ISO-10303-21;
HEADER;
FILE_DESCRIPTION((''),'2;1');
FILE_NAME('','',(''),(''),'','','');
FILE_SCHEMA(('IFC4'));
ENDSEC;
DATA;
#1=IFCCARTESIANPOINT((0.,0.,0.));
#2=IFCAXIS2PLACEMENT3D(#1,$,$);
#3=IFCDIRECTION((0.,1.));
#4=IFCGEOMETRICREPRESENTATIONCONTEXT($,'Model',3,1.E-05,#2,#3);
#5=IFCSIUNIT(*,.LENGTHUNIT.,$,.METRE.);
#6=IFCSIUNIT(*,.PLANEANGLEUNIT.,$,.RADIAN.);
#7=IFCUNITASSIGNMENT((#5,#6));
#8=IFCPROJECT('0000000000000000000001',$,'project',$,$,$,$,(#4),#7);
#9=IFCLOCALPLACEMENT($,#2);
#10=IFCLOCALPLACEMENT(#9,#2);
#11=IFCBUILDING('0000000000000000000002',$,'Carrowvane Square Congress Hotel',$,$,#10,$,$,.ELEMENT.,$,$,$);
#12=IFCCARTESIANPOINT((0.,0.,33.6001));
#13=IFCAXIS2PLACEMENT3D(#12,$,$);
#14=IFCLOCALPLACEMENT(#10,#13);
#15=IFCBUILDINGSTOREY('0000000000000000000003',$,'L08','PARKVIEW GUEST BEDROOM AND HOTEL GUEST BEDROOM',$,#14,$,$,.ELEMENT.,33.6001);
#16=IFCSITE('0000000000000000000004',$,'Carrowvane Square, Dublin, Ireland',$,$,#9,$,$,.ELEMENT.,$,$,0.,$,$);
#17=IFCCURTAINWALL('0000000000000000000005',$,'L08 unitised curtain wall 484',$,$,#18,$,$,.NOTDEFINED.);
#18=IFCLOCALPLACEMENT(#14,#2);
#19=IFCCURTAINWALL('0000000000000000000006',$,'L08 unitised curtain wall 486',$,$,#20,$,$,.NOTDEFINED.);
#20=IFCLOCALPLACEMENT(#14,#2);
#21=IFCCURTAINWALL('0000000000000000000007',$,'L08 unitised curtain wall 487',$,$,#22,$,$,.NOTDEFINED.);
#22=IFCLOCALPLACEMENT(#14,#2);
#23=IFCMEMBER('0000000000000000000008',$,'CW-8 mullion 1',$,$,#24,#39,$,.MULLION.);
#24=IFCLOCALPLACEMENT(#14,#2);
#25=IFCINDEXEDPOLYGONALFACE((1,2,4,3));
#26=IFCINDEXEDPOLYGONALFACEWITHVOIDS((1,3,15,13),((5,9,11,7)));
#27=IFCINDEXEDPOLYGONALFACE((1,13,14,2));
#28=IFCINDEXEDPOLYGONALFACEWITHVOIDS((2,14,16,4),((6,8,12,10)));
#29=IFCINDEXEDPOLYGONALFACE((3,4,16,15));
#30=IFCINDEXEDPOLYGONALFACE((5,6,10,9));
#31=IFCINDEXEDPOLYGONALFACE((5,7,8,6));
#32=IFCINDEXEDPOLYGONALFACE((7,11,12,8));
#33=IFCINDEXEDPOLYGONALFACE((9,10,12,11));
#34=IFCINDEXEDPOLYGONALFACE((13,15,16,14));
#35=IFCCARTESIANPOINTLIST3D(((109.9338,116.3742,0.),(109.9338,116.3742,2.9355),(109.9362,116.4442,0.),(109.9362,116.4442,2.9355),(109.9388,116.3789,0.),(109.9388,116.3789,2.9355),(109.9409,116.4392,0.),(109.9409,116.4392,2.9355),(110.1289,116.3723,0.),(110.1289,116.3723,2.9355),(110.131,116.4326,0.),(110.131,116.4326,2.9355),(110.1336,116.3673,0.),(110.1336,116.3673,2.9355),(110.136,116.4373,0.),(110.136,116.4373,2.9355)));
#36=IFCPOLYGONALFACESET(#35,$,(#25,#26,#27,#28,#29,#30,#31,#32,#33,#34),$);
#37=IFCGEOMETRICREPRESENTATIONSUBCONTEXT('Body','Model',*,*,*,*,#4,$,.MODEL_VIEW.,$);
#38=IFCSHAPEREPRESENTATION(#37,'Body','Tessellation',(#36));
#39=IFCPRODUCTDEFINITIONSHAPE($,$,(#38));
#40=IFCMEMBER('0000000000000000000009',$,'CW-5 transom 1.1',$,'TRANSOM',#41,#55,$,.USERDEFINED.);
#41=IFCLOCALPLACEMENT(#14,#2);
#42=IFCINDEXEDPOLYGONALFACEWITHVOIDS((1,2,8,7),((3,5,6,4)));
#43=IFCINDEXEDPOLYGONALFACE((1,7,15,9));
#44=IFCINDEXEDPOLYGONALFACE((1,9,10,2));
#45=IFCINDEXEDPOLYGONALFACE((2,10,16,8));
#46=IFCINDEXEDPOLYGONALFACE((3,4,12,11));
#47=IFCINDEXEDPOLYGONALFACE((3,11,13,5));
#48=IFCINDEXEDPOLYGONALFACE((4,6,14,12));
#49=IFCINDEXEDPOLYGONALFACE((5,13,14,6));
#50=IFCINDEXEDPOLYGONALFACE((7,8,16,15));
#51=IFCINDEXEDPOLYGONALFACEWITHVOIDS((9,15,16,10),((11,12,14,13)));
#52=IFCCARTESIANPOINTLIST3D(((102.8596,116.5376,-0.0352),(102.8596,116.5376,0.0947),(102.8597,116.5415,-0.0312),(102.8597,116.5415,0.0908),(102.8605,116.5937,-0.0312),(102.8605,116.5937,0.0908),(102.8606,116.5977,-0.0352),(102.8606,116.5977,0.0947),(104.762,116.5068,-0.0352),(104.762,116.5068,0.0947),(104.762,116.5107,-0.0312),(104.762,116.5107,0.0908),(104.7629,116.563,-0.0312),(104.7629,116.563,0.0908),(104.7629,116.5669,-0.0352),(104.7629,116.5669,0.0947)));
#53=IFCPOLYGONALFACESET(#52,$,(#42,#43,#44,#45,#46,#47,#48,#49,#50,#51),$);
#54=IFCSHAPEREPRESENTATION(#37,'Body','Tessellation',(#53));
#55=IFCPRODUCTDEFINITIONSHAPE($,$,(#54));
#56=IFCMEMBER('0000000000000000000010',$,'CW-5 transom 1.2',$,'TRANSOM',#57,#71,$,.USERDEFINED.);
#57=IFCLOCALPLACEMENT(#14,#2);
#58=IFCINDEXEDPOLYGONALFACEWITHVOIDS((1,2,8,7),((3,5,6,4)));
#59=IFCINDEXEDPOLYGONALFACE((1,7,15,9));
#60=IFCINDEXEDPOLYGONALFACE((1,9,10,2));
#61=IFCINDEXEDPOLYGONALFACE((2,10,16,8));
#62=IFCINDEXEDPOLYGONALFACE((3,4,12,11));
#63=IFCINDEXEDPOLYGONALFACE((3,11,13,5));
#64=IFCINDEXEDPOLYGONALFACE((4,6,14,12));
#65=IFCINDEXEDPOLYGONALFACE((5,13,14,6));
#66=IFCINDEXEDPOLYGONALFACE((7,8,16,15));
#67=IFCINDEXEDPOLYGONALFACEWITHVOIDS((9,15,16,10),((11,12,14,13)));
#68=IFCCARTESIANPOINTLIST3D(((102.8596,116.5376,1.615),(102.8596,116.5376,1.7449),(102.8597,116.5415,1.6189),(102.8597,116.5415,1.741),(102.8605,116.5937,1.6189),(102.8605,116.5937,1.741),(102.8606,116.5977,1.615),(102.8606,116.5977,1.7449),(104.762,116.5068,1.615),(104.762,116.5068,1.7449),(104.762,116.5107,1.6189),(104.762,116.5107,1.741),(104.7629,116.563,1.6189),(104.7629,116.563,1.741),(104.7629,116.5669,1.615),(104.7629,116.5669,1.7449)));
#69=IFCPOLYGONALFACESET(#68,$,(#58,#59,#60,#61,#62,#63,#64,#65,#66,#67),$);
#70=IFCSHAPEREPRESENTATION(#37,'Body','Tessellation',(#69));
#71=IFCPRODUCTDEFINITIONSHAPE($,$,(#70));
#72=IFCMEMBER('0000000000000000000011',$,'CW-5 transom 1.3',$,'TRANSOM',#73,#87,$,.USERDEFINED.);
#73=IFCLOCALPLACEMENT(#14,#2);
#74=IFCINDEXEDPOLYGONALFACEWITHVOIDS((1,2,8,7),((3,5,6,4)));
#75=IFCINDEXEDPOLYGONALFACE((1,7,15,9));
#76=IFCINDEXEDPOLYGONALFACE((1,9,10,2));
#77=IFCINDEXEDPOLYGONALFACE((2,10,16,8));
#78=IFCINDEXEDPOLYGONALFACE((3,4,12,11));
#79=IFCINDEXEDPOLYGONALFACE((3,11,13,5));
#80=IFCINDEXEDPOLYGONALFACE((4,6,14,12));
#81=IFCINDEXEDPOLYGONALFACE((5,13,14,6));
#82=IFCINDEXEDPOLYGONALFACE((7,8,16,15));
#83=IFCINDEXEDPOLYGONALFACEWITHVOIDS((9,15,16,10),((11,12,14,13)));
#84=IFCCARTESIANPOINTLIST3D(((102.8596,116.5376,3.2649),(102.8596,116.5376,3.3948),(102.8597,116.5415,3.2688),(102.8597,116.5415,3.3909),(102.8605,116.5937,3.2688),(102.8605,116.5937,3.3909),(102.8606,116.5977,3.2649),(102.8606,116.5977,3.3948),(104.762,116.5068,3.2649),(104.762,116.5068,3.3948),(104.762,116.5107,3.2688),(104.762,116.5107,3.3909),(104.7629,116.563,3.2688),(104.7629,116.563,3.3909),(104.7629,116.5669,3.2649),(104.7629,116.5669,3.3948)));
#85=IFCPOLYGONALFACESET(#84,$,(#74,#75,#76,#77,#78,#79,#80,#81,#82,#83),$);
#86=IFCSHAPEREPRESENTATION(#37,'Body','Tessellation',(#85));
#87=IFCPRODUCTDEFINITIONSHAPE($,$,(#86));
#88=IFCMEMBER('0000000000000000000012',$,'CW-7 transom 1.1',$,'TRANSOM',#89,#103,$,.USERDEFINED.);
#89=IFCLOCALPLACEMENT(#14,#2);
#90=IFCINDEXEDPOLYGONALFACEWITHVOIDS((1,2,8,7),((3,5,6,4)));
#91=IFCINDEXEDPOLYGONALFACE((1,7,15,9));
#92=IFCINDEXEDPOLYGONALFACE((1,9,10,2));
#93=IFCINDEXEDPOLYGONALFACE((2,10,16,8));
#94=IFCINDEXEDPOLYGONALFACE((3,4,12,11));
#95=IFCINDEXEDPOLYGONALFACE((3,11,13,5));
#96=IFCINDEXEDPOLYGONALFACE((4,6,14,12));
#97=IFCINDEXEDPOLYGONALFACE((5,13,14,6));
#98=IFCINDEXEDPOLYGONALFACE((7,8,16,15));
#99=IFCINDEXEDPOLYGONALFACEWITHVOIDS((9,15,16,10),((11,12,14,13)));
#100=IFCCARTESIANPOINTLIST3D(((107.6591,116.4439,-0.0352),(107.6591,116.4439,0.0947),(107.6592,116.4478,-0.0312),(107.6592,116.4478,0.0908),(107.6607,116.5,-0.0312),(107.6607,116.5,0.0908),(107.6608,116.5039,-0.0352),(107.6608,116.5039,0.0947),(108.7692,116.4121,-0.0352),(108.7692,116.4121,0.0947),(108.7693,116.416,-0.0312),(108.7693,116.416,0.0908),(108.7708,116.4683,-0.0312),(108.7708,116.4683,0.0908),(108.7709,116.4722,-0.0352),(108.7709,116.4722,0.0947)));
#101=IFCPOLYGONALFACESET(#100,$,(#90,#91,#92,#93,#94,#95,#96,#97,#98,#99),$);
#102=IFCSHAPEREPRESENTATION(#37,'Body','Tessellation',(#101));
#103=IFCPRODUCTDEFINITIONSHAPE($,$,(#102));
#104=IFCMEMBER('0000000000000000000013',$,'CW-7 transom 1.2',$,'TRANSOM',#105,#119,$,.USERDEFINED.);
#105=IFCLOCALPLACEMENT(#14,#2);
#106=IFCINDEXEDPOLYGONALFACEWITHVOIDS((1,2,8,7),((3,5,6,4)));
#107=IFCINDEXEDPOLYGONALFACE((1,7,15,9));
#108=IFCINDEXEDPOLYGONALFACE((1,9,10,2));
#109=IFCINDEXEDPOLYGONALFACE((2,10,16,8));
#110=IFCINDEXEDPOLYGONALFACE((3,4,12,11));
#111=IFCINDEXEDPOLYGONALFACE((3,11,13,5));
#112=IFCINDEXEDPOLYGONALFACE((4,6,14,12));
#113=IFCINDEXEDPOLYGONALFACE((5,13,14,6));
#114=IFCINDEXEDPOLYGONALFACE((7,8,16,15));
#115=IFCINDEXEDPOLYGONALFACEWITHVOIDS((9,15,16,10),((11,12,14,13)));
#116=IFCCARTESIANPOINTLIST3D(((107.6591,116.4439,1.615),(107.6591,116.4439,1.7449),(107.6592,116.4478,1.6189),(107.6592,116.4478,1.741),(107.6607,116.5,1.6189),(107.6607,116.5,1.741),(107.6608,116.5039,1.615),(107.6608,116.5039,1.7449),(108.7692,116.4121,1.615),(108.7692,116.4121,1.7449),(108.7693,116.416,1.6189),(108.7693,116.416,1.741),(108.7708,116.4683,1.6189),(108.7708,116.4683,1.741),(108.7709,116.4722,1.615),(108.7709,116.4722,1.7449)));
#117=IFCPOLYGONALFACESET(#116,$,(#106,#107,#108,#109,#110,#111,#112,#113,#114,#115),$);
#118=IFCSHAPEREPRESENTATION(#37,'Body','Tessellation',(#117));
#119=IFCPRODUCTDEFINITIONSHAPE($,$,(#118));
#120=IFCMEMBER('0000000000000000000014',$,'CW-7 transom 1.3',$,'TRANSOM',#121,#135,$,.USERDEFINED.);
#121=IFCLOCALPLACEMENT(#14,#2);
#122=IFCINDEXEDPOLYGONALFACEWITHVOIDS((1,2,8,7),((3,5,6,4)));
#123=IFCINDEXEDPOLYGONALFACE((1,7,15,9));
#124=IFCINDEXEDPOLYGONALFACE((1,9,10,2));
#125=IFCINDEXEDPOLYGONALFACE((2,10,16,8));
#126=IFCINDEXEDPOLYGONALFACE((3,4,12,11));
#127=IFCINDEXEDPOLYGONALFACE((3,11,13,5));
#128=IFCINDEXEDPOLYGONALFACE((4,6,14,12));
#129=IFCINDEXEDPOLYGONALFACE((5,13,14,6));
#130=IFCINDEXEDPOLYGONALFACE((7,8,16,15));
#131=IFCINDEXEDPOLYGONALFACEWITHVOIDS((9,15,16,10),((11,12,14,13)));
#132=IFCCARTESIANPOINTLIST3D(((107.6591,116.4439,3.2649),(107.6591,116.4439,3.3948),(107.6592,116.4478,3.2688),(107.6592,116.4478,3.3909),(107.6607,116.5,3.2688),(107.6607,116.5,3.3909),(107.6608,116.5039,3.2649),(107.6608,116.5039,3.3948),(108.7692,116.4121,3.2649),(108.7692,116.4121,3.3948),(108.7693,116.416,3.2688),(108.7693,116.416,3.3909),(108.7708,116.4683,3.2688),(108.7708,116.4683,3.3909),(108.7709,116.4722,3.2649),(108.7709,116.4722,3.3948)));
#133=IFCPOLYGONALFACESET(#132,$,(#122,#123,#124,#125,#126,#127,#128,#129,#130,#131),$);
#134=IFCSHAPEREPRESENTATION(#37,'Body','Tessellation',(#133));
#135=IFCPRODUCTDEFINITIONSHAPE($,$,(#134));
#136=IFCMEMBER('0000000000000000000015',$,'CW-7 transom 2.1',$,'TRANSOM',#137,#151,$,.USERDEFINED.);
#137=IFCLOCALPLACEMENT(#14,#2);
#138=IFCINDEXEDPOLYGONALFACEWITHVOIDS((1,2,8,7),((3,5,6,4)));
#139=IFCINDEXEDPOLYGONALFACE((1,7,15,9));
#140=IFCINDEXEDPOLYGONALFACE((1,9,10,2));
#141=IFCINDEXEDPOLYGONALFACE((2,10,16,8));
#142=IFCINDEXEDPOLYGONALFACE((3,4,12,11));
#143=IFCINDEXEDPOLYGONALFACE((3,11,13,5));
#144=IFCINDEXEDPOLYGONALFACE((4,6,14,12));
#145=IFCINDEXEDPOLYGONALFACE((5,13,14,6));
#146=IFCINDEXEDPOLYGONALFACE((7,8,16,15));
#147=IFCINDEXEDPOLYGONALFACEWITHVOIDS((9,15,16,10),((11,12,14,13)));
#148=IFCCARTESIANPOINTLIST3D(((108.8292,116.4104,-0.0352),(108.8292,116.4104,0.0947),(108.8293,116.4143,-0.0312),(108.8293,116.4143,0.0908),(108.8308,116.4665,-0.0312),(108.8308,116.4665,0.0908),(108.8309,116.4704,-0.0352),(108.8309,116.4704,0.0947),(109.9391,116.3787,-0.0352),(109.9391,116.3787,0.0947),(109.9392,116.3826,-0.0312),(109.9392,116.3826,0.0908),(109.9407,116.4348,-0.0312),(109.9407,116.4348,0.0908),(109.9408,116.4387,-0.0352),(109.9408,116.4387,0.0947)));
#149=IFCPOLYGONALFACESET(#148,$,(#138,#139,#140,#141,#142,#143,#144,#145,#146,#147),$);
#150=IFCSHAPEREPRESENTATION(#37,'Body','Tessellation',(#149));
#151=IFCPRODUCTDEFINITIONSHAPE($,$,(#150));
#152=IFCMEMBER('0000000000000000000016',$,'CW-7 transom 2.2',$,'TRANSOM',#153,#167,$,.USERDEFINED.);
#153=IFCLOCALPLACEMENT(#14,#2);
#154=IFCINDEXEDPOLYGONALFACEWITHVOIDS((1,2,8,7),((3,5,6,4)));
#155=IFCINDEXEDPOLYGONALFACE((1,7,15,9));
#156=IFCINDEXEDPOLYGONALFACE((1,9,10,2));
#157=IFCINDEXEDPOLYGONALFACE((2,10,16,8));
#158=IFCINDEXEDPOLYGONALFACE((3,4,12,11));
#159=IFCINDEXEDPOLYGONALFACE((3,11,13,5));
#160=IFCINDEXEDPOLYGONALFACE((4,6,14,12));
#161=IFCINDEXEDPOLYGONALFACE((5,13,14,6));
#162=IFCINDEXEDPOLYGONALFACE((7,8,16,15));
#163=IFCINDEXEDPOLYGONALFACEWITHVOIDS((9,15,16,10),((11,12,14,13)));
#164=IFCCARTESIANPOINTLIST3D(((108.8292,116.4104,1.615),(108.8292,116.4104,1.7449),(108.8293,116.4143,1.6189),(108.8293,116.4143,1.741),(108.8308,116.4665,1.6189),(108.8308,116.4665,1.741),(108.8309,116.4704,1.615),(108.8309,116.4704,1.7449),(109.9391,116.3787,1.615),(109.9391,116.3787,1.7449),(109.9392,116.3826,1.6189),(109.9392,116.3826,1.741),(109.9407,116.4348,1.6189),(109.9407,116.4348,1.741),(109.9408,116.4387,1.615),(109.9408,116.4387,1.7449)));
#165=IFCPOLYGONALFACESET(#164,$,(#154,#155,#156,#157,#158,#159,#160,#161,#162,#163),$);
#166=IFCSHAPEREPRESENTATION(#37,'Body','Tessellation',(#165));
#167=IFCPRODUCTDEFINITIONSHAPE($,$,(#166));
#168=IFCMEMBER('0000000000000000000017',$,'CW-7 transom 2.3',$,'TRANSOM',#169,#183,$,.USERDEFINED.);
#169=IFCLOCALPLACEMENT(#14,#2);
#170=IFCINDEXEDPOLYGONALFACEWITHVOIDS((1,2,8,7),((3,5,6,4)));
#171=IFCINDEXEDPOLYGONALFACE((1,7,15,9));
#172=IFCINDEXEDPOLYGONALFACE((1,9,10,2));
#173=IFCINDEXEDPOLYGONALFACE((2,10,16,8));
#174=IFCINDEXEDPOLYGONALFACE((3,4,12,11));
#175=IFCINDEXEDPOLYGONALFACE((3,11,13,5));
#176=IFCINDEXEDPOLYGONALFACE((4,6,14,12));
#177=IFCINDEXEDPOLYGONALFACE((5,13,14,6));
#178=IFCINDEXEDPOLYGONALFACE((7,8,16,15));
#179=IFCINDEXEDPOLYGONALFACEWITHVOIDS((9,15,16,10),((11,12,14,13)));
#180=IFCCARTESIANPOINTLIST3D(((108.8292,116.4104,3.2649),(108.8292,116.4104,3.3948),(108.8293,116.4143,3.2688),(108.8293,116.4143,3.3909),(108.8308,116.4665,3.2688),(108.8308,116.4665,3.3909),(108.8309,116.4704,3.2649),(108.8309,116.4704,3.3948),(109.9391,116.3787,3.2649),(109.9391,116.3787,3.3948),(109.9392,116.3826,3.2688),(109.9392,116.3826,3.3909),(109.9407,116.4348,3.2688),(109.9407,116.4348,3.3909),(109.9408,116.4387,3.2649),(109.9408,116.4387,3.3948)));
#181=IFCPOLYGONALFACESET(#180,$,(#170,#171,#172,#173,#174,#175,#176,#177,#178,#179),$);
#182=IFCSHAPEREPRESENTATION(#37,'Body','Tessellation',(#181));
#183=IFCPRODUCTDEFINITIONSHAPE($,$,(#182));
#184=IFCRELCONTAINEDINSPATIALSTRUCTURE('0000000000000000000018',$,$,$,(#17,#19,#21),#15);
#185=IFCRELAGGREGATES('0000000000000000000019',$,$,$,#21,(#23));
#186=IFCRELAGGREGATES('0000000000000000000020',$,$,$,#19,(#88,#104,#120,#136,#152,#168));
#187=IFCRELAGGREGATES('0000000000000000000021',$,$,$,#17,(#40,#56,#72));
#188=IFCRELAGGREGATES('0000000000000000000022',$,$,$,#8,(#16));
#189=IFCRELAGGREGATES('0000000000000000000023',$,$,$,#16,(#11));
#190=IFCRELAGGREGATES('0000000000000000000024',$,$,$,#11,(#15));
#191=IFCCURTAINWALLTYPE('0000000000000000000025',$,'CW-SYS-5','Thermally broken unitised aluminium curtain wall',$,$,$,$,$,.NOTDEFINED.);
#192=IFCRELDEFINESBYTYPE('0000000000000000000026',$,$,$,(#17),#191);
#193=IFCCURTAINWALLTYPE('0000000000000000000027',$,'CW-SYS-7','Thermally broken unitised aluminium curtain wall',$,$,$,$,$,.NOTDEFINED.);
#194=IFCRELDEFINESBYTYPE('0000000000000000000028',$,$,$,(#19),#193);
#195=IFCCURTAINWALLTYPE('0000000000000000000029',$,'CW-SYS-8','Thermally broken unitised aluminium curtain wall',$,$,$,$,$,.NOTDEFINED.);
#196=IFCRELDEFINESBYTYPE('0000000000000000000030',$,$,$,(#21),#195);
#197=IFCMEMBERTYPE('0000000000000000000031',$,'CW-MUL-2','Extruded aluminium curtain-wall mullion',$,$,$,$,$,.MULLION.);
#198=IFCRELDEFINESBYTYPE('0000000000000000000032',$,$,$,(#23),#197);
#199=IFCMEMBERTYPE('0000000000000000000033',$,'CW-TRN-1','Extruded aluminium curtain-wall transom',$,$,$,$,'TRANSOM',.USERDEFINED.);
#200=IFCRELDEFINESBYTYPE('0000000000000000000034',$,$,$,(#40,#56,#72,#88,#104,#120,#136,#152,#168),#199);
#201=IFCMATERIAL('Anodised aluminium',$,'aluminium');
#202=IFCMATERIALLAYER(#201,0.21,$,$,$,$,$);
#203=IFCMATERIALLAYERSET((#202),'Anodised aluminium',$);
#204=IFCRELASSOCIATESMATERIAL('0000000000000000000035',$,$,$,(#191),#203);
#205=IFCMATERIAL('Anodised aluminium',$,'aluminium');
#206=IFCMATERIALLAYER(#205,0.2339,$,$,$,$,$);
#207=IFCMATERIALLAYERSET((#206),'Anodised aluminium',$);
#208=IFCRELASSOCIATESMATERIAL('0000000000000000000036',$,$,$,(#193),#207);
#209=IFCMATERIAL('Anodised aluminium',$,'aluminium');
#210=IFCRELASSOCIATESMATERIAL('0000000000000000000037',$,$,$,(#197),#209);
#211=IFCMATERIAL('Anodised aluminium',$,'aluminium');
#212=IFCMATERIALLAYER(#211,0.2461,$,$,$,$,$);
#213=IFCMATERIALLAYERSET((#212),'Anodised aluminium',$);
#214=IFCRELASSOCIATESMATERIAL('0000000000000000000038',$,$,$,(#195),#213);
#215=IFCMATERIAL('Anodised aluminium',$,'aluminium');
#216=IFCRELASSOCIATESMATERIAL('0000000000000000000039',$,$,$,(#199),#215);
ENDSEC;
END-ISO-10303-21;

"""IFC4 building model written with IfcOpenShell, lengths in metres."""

from ifc_helpers import new_model, si_unit, direction, frame, origin, origin_2d, place, context, subcontext, project, spatial, hollow_rectangle, extrude, material, layer, layer_set, material_profile, profile_set, type_object, element, aggregate, save


model = new_model("IFC4")

# Units and contexts
model_context = context("Model", 3, precision=1e-05, world=origin(), true_north=direction((0.0, 1.0)))
body_context = subcontext(model_context, "Body", "Model", "MODEL_VIEW")
ifc_project = project(units=[si_unit("LENGTHUNIT", "METRE"), si_unit("PLANEANGLEUNIT", "RADIAN")], contexts=[model_context])

# Site, building, storey
site_placement = place(None, origin())
site = spatial("IfcSite", under=ifc_project, at=site_placement, Name="Carrowvane Square, Dublin, Ireland", CompositionType="ELEMENT", RefElevation=0.0)
building_placement = place(site_placement, origin())
building = spatial("IfcBuilding", under=site, at=building_placement, Name="Carrowvane Square Congress Hotel", CompositionType="ELEMENT")
storey_placement = place(building_placement, frame((0.0, 0.0, 33.6001)))
storey = spatial("IfcBuildingStorey", under=building, at=storey_placement, Name="L08", Description="PARKVIEW GUEST BEDROOM AND HOTEL GUEST BEDROOM", CompositionType="ELEMENT", Elevation=33.6001)

# Curtain walls
ifc_material_1 = material(Name="Anodised aluminium", Category="aluminium")
ifc_layer_1 = layer(ifc_material_1, 0.21)
ifc_layer_set_1 = layer_set([ifc_layer_1], Name="Anodised aluminium")
curtain_wall_type_1 = type_object("IfcCurtainWallType", Name="CW-SYS-5", Description="Thermally broken unitised aluminium curtain wall", PredefinedType="NOTDEFINED", material=ifc_layer_set_1)
curtain_wall_1_placement = place(storey_placement, origin())
curtain_wall_1 = element("IfcCurtainWall", 1, at=curtain_wall_1_placement, inside=storey, type_object=curtain_wall_type_1, Name="L08 unitised curtain wall 484", PredefinedType="NOTDEFINED")
ifc_material_2 = material(Name="Anodised aluminium", Category="aluminium")
ifc_layer_2 = layer(ifc_material_2, 0.2339)
ifc_layer_set_2 = layer_set([ifc_layer_2], Name="Anodised aluminium")
curtain_wall_type_2 = type_object("IfcCurtainWallType", Name="CW-SYS-7", Description="Thermally broken unitised aluminium curtain wall", PredefinedType="NOTDEFINED", material=ifc_layer_set_2)
curtain_wall_2_placement = place(storey_placement, origin())
curtain_wall_2 = element("IfcCurtainWall", 2, at=curtain_wall_2_placement, inside=storey, type_object=curtain_wall_type_2, Name="L08 unitised curtain wall 486", PredefinedType="NOTDEFINED")

# Shared definitions
ifc_material_3 = material(Name="Anodised aluminium", Category="aluminium")
ifc_material_profile_1 = material_profile(ifc_material_3, hollow_rectangle(XDim=0.0701, YDim=0.2, WallThickness=0.0049, at=origin_2d()), Name="CW-ML 70x200x5")
ifc_profile_set_1 = profile_set([ifc_material_profile_1], Name="Anodised aluminium")
member_type_1 = type_object("IfcMemberType", Name="CW-MUL-2", Description="Extruded aluminium curtain-wall mullion", PredefinedType="MULLION", material=ifc_profile_set_1)

# Curtain wall, member
ifc_material_4 = material(Name="Anodised aluminium", Category="aluminium")
ifc_layer_3 = layer(ifc_material_4, 0.2461)
ifc_layer_set_3 = layer_set([ifc_layer_3], Name="Anodised aluminium")
curtain_wall_type_3 = type_object("IfcCurtainWallType", Name="CW-SYS-8", Description="Thermally broken unitised aluminium curtain wall", PredefinedType="NOTDEFINED", material=ifc_layer_set_3)
curtain_wall_3_placement = place(storey_placement, origin())
curtain_wall_3 = element("IfcCurtainWall", 3, at=curtain_wall_3_placement, inside=storey, type_object=curtain_wall_type_3, Name="L08 unitised curtain wall 487", PredefinedType="NOTDEFINED")
member_1_placement = place(storey_placement, frame((110.0349, 116.4058, 0.0), z_axis=(0.0, 0.0, 1.0), x_axis=(0.03453, 0.999404, 0.0)))
member_1 = element("IfcMember", 4, at=member_1_placement, type_object=member_type_1, Name="CW-8 mullion 1", PredefinedType="MULLION", context=body_context, shape_type="SweptSolid", body=[
    extrude(hollow_rectangle(XDim=0.0701, YDim=0.2, WallThickness=0.0049, at=origin_2d()), origin(), (0.0, 0.0, 1.0), 2.9355),
])
aggregate(curtain_wall_3, [member_1])

# Members
ifc_material_5 = material(Name="Anodised aluminium", Category="aluminium")
ifc_material_profile_2 = material_profile(ifc_material_5, hollow_rectangle(XDim=0.0601, YDim=0.1299, WallThickness=0.0039, at=origin_2d()), Name="CW-TR 60x130x4")
ifc_profile_set_2 = profile_set([ifc_material_profile_2], Name="Anodised aluminium")
member_type_2 = type_object("IfcMemberType", Name="CW-TRN-1", Description="Extruded aluminium curtain-wall transom", ElementType="TRANSOM", PredefinedType="USERDEFINED", material=ifc_profile_set_2)
member_2_placement = place(storey_placement, frame((102.8601, 116.5676, 0.0298), z_axis=(0.999869, -0.016168, 0.0), x_axis=(0.016168, 0.999869, 0.0)))
member_2 = element("IfcMember", 5, at=member_2_placement, type_object=member_type_2, Name="CW-5 transom 1.1", ObjectType="TRANSOM", PredefinedType="USERDEFINED", context=body_context, shape_type="SweptSolid", body=[
    extrude(hollow_rectangle(XDim=0.0601, YDim=0.1299, WallThickness=0.0039, at=origin_2d()), origin(), (0.0, 0.0, 1.0), 1.9026),
])
member_3_placement = place(storey_placement, frame((102.8601, 116.5676, 1.6799), z_axis=(0.999869, -0.016168, 0.0), x_axis=(0.016168, 0.999869, 0.0)))
member_3 = element("IfcMember", 6, at=member_3_placement, type_object=member_type_2, Name="CW-5 transom 1.2", ObjectType="TRANSOM", PredefinedType="USERDEFINED", context=body_context, shape_type="SweptSolid", body=[
    extrude(hollow_rectangle(XDim=0.0601, YDim=0.1299, WallThickness=0.0039, at=origin_2d()), origin(), (0.0, 0.0, 1.0), 1.9026),
])
member_4_placement = place(storey_placement, frame((102.8601, 116.5676, 3.3298), z_axis=(0.999869, -0.016168, 0.0), x_axis=(0.016168, 0.999869, 0.0)))
member_4 = element("IfcMember", 7, at=member_4_placement, type_object=member_type_2, Name="CW-5 transom 1.3", ObjectType="TRANSOM", PredefinedType="USERDEFINED", context=body_context, shape_type="SweptSolid", body=[
    extrude(hollow_rectangle(XDim=0.0601, YDim=0.1299, WallThickness=0.0039, at=origin_2d()), origin(), (0.0, 0.0, 1.0), 1.9026),
])
member_5_placement = place(storey_placement, frame((107.6599, 116.4739, 0.0298), z_axis=(0.999592, -0.028579, 0.0), x_axis=(0.028579, 0.999592, 0.0)))
member_5 = element("IfcMember", 8, at=member_5_placement, type_object=member_type_2, Name="CW-7 transom 1.1", ObjectType="TRANSOM", PredefinedType="USERDEFINED", context=body_context, shape_type="SweptSolid", body=[
    extrude(hollow_rectangle(XDim=0.0601, YDim=0.1299, WallThickness=0.0039, at=origin_2d()), origin(), (0.0, 0.0, 1.0), 1.1106),
])
member_6_placement = place(storey_placement, frame((107.6599, 116.4739, 1.6799), z_axis=(0.999592, -0.028579, 0.0), x_axis=(0.028579, 0.999592, 0.0)))
member_6 = element("IfcMember", 9, at=member_6_placement, type_object=member_type_2, Name="CW-7 transom 1.2", ObjectType="TRANSOM", PredefinedType="USERDEFINED", context=body_context, shape_type="SweptSolid", body=[
    extrude(hollow_rectangle(XDim=0.0601, YDim=0.1299, WallThickness=0.0039, at=origin_2d()), origin(), (0.0, 0.0, 1.0), 1.1106),
])
member_7_placement = place(storey_placement, frame((107.6599, 116.4739, 3.3298), z_axis=(0.999592, -0.028579, 0.0), x_axis=(0.028579, 0.999592, 0.0)))
member_7 = element("IfcMember", 10, at=member_7_placement, type_object=member_type_2, Name="CW-7 transom 1.3", ObjectType="TRANSOM", PredefinedType="USERDEFINED", context=body_context, shape_type="SweptSolid", body=[
    extrude(hollow_rectangle(XDim=0.0601, YDim=0.1299, WallThickness=0.0039, at=origin_2d()), origin(), (0.0, 0.0, 1.0), 1.1106),
])
member_8_placement = place(storey_placement, frame((108.8301, 116.4404, 0.0298), z_axis=(0.999591, -0.028585, 0.0), x_axis=(0.028585, 0.999591, 0.0)))
member_8 = element("IfcMember", 11, at=member_8_placement, type_object=member_type_2, Name="CW-7 transom 2.1", ObjectType="TRANSOM", PredefinedType="USERDEFINED", context=body_context, shape_type="SweptSolid", body=[
    extrude(hollow_rectangle(XDim=0.0601, YDim=0.1299, WallThickness=0.0039, at=origin_2d()), origin(), (0.0, 0.0, 1.0), 1.1104),
])
member_9_placement = place(storey_placement, frame((108.8301, 116.4404, 1.6799), z_axis=(0.999591, -0.028585, 0.0), x_axis=(0.028585, 0.999591, 0.0)))
member_9 = element("IfcMember", 12, at=member_9_placement, type_object=member_type_2, Name="CW-7 transom 2.2", ObjectType="TRANSOM", PredefinedType="USERDEFINED", context=body_context, shape_type="SweptSolid", body=[
    extrude(hollow_rectangle(XDim=0.0601, YDim=0.1299, WallThickness=0.0039, at=origin_2d()), origin(), (0.0, 0.0, 1.0), 1.1104),
])
member_10_placement = place(storey_placement, frame((108.8301, 116.4404, 3.3298), z_axis=(0.999591, -0.028585, 0.0), x_axis=(0.028585, 0.999591, 0.0)))
member_10 = element("IfcMember", 13, at=member_10_placement, type_object=member_type_2, Name="CW-7 transom 2.3", ObjectType="TRANSOM", PredefinedType="USERDEFINED", context=body_context, shape_type="SweptSolid", body=[
    extrude(hollow_rectangle(XDim=0.0601, YDim=0.1299, WallThickness=0.0039, at=origin_2d()), origin(), (0.0, 0.0, 1.0), 1.1104),
])

aggregate(curtain_wall_2, [member_5, member_6, member_7, member_8, member_9, member_10])
aggregate(curtain_wall_1, [member_2, member_3, member_4])

save(model, "model.ifc")
